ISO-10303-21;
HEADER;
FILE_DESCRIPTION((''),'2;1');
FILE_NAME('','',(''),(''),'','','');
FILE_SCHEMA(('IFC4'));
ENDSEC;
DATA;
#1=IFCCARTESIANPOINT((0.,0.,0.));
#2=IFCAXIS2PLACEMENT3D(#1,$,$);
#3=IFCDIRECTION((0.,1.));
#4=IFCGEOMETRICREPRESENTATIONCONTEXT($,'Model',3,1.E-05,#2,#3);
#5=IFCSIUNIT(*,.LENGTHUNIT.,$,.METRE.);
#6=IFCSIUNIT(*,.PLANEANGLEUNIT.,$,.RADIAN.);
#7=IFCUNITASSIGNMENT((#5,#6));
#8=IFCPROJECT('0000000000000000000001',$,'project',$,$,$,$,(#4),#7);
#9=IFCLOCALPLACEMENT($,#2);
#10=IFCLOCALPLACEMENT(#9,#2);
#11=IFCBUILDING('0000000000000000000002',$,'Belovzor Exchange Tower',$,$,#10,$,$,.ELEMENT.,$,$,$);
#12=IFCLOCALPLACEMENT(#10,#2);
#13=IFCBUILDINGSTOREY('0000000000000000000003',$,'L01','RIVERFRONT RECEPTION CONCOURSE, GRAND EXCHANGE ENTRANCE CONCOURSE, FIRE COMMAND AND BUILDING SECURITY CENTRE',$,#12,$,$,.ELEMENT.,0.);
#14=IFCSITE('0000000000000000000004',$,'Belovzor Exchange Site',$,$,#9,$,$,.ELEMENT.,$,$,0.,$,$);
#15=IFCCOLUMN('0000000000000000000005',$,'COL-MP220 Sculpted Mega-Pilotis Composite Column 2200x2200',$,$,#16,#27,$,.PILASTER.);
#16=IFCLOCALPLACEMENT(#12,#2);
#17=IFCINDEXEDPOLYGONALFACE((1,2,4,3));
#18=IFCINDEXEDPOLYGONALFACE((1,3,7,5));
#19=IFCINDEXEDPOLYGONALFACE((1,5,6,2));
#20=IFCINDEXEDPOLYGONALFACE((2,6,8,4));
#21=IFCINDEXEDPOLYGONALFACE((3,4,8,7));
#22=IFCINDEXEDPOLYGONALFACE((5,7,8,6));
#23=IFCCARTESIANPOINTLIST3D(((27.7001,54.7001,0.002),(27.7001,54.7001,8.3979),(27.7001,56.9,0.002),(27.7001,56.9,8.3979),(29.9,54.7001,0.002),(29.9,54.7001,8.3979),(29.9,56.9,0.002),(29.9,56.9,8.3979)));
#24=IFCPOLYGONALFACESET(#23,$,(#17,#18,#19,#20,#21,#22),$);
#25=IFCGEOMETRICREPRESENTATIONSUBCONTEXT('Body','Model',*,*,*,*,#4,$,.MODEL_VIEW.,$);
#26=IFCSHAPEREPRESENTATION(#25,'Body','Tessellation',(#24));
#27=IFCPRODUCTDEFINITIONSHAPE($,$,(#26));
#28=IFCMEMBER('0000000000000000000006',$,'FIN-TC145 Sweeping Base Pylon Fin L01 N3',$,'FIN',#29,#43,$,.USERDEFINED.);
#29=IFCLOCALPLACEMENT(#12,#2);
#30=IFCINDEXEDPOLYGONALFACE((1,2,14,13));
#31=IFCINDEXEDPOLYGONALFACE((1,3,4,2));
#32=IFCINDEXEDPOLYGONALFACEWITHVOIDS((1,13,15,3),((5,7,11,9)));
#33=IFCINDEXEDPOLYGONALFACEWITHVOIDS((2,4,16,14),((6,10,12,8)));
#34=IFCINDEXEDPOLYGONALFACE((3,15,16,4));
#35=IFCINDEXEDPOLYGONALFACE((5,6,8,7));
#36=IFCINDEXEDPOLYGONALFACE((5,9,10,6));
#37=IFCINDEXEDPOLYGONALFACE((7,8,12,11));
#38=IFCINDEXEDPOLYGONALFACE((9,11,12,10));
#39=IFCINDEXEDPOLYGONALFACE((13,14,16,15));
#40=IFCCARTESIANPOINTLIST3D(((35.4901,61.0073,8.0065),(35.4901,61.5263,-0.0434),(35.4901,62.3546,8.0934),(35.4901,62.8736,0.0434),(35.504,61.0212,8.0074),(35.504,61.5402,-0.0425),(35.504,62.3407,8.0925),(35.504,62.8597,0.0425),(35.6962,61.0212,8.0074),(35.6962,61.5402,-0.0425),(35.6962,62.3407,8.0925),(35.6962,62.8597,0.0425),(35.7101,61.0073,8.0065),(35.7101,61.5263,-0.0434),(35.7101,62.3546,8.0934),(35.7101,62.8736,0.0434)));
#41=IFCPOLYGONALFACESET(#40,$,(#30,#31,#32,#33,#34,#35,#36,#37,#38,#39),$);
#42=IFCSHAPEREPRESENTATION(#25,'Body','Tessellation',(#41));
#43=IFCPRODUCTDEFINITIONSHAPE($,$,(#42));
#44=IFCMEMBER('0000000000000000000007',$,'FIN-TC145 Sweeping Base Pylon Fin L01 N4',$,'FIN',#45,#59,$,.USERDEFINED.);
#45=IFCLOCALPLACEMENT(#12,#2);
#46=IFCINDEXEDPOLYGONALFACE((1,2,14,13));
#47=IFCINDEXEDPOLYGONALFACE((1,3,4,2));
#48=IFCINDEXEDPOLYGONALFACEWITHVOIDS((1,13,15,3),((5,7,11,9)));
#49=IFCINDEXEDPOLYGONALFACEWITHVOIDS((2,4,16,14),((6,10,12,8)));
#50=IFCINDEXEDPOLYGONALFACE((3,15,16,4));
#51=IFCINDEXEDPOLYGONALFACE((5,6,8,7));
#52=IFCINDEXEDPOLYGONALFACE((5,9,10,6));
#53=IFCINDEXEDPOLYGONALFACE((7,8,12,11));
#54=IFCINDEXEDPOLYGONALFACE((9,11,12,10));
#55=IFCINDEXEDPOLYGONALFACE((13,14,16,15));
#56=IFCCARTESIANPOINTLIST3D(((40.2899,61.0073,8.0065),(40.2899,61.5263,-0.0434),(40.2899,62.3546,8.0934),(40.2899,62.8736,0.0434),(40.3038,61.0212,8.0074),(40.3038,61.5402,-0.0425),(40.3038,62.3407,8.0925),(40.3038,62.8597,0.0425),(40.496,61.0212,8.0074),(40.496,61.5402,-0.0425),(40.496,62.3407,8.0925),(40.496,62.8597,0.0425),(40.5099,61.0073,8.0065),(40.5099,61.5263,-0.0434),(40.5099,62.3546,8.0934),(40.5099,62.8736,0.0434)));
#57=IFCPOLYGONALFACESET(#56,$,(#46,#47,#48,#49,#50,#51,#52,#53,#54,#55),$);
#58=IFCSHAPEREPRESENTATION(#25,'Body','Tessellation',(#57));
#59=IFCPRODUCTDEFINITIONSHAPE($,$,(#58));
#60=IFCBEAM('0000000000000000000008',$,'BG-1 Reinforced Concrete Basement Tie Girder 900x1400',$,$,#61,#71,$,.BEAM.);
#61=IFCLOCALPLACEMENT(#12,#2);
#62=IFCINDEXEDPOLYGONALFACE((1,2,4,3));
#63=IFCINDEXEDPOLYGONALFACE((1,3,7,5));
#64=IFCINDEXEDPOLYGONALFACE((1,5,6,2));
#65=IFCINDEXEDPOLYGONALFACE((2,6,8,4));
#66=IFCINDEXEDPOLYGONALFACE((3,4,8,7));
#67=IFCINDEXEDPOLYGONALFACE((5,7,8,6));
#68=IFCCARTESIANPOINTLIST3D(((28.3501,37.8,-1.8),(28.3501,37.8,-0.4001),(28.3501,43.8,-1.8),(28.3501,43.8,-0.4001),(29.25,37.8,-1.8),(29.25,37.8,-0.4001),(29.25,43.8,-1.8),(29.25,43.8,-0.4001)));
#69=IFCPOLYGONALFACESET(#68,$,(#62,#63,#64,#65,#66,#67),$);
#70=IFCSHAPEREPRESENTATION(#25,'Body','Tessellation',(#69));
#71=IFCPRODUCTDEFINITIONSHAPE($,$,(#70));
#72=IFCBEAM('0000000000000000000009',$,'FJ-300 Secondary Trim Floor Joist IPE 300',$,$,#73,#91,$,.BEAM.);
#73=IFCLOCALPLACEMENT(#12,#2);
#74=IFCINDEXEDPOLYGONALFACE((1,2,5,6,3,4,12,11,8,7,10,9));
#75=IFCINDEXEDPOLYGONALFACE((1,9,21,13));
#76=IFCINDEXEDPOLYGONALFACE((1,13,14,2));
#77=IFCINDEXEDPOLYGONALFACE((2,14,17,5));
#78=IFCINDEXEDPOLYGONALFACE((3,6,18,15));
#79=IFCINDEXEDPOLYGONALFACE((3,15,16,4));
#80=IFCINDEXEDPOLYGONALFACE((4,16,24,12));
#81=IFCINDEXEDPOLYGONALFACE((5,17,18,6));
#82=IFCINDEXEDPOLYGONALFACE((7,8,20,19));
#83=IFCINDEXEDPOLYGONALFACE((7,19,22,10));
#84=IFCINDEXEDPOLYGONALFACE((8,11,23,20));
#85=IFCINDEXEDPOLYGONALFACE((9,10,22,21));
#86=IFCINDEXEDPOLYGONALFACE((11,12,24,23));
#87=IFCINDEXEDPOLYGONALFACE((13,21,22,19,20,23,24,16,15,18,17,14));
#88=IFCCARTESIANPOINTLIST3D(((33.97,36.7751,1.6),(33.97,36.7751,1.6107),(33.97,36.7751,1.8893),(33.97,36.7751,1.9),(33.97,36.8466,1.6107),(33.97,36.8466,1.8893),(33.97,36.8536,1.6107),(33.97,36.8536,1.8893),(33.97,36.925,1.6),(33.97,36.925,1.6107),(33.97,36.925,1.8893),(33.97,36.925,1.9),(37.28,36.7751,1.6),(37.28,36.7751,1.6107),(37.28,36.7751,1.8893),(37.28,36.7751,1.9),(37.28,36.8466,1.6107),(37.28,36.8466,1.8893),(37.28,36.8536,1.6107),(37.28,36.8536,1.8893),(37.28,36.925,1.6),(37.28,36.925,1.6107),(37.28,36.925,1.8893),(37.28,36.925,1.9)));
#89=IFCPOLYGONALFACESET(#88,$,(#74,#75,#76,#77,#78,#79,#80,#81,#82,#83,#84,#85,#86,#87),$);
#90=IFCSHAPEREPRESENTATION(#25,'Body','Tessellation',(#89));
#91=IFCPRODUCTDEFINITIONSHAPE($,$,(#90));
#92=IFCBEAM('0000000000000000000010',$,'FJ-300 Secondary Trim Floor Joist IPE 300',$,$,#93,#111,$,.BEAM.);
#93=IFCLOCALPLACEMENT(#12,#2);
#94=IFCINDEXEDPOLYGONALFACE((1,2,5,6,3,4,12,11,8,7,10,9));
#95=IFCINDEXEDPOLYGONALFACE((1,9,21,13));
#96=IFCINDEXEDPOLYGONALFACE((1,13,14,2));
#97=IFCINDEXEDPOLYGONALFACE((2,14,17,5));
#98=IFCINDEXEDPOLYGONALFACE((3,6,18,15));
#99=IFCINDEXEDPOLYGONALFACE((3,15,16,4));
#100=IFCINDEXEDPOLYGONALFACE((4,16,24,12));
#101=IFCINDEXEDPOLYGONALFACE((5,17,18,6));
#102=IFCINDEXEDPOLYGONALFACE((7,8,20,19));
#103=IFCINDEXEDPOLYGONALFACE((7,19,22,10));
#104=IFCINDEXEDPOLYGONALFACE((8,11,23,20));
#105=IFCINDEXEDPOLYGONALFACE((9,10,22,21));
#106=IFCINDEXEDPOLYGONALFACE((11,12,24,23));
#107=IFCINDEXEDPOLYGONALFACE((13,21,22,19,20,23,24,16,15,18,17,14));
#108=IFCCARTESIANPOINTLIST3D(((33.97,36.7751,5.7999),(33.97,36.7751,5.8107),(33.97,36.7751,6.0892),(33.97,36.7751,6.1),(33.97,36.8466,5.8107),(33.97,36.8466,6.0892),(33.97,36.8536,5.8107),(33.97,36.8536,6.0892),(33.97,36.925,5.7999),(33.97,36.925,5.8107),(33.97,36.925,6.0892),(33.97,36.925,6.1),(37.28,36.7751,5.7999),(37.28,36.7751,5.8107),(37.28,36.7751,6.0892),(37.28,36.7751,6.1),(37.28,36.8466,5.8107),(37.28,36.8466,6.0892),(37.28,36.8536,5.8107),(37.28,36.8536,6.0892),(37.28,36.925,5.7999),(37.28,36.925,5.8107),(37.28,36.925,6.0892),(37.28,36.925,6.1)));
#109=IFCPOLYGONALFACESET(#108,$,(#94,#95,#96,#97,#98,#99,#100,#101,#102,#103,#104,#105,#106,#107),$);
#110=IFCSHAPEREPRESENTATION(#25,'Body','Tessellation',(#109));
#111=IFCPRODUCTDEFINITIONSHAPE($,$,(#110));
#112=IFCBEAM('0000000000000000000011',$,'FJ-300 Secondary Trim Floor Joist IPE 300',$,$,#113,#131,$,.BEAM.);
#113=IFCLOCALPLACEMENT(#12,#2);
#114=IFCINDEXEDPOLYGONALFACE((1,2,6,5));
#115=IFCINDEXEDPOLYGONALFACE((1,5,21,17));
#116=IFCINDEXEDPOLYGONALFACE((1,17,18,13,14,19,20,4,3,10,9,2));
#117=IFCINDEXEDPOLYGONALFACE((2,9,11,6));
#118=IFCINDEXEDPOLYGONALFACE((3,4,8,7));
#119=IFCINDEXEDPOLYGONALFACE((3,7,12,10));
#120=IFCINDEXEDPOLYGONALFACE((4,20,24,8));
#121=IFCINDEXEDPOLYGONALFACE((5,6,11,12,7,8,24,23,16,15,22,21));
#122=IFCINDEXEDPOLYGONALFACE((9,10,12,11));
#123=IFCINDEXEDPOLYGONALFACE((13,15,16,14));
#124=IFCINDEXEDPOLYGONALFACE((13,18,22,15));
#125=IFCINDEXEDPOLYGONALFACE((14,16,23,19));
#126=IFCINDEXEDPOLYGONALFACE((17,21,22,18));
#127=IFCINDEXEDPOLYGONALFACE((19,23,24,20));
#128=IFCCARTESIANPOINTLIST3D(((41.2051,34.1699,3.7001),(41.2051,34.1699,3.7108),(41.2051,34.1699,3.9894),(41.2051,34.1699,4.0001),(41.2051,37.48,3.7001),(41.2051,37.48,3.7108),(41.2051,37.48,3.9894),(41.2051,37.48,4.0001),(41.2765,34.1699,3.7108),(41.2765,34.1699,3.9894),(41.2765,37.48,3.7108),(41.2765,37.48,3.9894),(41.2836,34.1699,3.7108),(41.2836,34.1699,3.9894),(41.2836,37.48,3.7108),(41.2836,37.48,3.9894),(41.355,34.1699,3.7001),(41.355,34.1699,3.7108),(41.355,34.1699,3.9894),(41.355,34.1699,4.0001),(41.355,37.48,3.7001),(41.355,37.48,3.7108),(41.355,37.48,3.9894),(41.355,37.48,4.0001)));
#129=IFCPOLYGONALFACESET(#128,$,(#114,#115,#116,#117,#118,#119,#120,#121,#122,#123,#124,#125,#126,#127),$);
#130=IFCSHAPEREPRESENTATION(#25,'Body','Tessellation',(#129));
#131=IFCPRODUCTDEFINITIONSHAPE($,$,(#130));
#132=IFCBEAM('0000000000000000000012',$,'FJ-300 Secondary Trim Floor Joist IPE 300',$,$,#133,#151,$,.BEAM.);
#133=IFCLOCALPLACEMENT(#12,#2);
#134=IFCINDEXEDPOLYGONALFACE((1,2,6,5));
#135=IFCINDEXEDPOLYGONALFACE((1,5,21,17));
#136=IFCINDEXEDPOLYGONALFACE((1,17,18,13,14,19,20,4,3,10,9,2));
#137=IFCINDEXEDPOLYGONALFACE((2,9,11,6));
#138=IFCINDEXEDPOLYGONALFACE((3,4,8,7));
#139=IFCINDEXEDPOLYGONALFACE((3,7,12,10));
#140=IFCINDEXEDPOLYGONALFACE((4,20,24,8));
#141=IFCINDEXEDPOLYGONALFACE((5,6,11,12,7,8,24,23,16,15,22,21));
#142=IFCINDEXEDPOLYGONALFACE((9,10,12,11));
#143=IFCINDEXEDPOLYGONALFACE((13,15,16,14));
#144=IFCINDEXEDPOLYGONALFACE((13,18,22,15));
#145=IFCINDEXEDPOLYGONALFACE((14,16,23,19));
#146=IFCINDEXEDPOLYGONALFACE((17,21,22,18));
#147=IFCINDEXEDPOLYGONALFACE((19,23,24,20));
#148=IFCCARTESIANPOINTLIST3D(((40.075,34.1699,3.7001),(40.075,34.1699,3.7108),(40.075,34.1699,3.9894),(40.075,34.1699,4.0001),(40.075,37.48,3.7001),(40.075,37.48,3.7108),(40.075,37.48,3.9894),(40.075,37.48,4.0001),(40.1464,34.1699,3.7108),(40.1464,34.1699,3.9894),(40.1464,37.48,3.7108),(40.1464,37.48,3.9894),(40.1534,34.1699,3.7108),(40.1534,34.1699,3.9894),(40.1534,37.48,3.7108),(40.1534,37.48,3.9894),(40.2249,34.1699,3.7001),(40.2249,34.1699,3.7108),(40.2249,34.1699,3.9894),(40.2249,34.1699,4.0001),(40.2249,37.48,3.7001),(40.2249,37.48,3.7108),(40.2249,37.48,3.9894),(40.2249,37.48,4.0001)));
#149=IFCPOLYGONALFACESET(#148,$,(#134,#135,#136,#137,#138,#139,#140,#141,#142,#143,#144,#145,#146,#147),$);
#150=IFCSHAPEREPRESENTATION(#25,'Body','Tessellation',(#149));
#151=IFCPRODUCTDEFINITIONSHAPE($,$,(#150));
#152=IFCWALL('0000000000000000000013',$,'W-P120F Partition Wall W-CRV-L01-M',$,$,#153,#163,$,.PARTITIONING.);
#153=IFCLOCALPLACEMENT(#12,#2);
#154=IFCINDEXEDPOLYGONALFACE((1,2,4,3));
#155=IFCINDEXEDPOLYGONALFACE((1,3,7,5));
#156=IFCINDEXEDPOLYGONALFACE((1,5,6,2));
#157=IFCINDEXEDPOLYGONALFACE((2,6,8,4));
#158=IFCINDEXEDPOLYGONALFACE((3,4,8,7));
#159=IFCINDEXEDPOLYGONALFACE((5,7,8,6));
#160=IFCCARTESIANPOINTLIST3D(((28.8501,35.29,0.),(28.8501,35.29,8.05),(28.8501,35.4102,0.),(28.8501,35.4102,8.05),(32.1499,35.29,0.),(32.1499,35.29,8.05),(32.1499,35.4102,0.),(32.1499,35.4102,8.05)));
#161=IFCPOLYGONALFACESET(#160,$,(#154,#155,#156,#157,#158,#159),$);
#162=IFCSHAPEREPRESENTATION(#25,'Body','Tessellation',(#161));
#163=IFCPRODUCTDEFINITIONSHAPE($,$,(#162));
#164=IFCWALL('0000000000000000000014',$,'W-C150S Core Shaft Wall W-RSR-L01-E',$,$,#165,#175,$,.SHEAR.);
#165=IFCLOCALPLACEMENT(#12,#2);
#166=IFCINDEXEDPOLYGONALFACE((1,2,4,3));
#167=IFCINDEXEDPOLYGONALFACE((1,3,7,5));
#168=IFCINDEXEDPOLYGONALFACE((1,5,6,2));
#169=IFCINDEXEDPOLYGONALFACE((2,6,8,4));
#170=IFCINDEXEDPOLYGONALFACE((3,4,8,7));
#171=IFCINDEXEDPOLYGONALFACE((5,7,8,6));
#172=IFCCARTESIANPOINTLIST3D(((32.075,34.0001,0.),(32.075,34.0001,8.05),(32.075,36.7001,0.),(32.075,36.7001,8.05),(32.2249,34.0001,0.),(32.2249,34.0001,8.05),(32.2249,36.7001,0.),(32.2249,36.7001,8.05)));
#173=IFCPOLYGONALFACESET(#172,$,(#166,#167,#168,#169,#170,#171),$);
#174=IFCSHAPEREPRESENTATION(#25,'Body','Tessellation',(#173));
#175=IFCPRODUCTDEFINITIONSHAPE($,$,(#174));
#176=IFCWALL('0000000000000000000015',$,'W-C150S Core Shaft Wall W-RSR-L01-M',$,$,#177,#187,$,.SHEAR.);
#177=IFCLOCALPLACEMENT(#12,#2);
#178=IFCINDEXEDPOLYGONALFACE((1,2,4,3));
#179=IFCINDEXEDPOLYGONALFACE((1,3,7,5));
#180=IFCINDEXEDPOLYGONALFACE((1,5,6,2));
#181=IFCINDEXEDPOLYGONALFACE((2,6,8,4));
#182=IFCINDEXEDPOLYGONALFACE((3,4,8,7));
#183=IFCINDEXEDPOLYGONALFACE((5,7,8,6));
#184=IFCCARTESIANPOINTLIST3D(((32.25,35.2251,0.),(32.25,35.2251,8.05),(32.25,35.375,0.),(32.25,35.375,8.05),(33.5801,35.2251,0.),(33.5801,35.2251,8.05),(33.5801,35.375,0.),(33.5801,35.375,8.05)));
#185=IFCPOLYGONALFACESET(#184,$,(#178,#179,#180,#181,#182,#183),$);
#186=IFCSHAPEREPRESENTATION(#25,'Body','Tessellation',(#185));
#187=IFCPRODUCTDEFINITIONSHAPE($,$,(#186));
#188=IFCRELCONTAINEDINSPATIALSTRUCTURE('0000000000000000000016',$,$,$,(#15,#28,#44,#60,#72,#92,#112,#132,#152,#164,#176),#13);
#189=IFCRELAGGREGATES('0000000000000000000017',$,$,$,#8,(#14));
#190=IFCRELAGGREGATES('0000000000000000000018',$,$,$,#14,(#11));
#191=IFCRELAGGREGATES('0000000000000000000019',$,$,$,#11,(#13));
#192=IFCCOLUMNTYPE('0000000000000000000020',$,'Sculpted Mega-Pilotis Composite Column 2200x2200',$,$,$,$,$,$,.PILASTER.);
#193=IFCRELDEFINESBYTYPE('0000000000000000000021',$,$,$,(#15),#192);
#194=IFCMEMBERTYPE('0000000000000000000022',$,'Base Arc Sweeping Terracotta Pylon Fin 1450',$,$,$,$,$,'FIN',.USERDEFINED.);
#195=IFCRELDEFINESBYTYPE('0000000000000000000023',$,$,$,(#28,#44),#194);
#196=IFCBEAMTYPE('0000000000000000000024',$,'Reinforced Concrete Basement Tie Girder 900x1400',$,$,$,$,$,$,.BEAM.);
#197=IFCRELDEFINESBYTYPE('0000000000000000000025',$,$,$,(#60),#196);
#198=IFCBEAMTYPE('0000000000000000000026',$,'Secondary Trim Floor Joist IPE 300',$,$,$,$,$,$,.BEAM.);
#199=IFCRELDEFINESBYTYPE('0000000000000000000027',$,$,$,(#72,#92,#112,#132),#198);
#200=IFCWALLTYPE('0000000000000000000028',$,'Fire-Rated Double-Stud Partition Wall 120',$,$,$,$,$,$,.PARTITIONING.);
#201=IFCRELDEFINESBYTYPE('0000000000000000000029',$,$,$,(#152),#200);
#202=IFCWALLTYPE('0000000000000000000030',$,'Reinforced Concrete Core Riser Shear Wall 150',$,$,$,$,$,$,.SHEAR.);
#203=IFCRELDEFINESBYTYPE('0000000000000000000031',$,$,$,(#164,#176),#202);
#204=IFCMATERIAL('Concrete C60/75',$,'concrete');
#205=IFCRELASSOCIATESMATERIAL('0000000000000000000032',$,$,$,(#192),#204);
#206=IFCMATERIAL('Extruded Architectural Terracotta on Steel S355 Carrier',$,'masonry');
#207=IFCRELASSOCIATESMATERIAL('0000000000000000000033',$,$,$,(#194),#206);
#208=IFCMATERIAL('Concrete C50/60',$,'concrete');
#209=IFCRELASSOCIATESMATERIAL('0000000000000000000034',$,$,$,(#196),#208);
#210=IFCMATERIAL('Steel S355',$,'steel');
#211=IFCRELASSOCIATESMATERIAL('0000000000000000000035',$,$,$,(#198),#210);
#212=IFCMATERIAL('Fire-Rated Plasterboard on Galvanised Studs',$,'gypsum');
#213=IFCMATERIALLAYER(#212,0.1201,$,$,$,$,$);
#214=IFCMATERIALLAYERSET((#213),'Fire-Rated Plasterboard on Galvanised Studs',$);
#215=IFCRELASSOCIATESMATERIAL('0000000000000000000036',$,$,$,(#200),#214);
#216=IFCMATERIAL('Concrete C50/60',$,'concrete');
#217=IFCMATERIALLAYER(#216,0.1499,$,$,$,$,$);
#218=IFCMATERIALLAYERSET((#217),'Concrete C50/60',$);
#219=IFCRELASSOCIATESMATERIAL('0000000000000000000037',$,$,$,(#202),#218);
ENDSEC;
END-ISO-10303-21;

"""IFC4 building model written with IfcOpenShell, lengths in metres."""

from ifc_helpers import new_model, si_unit, direction, frame, frame_2d, origin, origin_2d, place, context, subcontext, project, spatial, rectangle, hollow_rectangle, i_section, extrude, material, layer, layer_set, material_profile, profile_set, type_object, element, save


model = new_model("IFC4")

# Units and contexts
model_context = context("Model", 3, precision=1e-05, world=origin(), true_north=direction((0.0, 1.0)))
body_context = subcontext(model_context, "Body", "Model", "MODEL_VIEW")
ifc_project = project(units=[si_unit("LENGTHUNIT", "METRE"), si_unit("PLANEANGLEUNIT", "RADIAN")], contexts=[model_context])

# Site, building, storey
site_placement = place(None, origin())
site = spatial("IfcSite", under=ifc_project, at=site_placement, Name="Belovzor Exchange Site", CompositionType="ELEMENT", RefElevation=0.0)
building_placement = place(site_placement, origin())
building = spatial("IfcBuilding", under=site, at=building_placement, Name="Belovzor Exchange Tower", CompositionType="ELEMENT")
storey_placement = place(building_placement, origin())
storey = spatial("IfcBuildingStorey", under=building, at=storey_placement, Name="L01", Description="RIVERFRONT RECEPTION CONCOURSE, GRAND EXCHANGE ENTRANCE CONCOURSE, FIRE COMMAND AND BUILDING SECURITY CENTRE", CompositionType="ELEMENT", Elevation=0.0)

# Column
ifc_material_1 = material(Name="Concrete C60/75", Category="concrete")
ifc_material_profile_1 = material_profile(ifc_material_1, rectangle(XDim=2.2, YDim=2.2, at=origin_2d()))
ifc_profile_set_1 = profile_set([ifc_material_profile_1], Name="Concrete C60/75")
column_type = type_object("IfcColumnType", Name="Sculpted Mega-Pilotis Composite Column 2200x2200", PredefinedType="PILASTER", material=ifc_profile_set_1)
column_placement = place(storey_placement, frame((28.8, 55.8, 0.002), z_axis=(0.0, 0.0, 1.0), x_axis=(1.0, 0.0, 0.0)))
element("IfcColumn", 1, at=column_placement, inside=storey, type_object=column_type, Name="COL-MP220 Sculpted Mega-Pilotis Composite Column 2200x2200", PredefinedType="PILASTER", context=body_context, shape_type="SweptSolid", body=[
    extrude(rectangle(XDim=2.2, YDim=2.2, at=origin_2d()), origin(), (0.0, 0.0, 1.0), 8.396),
])

# Members
ifc_material_2 = material(Name="Extruded Architectural Terracotta on Steel S355 Carrier", Category="masonry")
ifc_material_profile_2 = material_profile(ifc_material_2, hollow_rectangle(XDim=0.22, YDim=1.3501, WallThickness=0.0139, at=origin_2d()))
ifc_profile_set_2 = profile_set([ifc_material_profile_2], Name="Extruded Architectural Terracotta on Steel S355 Carrier")
member_type = type_object("IfcMemberType", Name="Base Arc Sweeping Terracotta Pylon Fin 1450", ElementType="FIN", PredefinedType="USERDEFINED", material=ifc_profile_set_2)
for number, where, z_axis, x_axis, name in (
    (2, (35.6001, 62.2, 0.0), (0.0, -0.064343, 0.997928), (1.0, 0.0, 0.0), "FIN-TC145 Sweeping Base Pylon Fin L01 N3"),
    (3, (40.3999, 62.2, 0.0), (0.0, -0.064343, 0.997928), (1.0, 0.0, 0.0), "FIN-TC145 Sweeping Base Pylon Fin L01 N4"),
):
    element("IfcMember", number, at=place(storey_placement, frame(where, z_axis=z_axis, x_axis=x_axis)), inside=storey, type_object=member_type, Name=name, ObjectType="FIN", PredefinedType="USERDEFINED", context=body_context, shape_type="SweptSolid", body=[
        extrude(hollow_rectangle(XDim=0.22, YDim=1.3501, WallThickness=0.0139, at=origin_2d()), origin(), (0.0, 0.0, 1.0), 8.0667),
    ])

# Beams
ifc_material_3 = material(Name="Concrete C50/60", Category="concrete")
ifc_material_profile_3 = material_profile(ifc_material_3, rectangle(XDim=0.8999, YDim=1.3999, at=origin_2d()))
ifc_profile_set_3 = profile_set([ifc_material_profile_3], Name="Concrete C50/60")
beam_type_1 = type_object("IfcBeamType", Name="Reinforced Concrete Basement Tie Girder 900x1400", PredefinedType="BEAM", material=ifc_profile_set_3)
beam_placement = place(storey_placement, frame((28.8, 43.8, -1.1001), z_axis=(0.0, -1.0, 0.0), x_axis=(1.0, 0.0, 0.0)))
element("IfcBeam", 4, at=beam_placement, inside=storey, type_object=beam_type_1, Name="BG-1 Reinforced Concrete Basement Tie Girder 900x1400", PredefinedType="BEAM", context=body_context, shape_type="SweptSolid", body=[
    extrude(rectangle(XDim=0.8999, YDim=1.3999, at=origin_2d()), origin(), (0.0, 0.0, 1.0), 6.0),
])
ifc_material_4 = material(Name="Steel S355", Category="steel")
ifc_material_profile_4 = material_profile(ifc_material_4, i_section(OverallWidth=0.1499, OverallDepth=0.3, WebThickness=0.0071, FlangeThickness=0.0107, at=origin_2d()))
ifc_profile_set_4 = profile_set([ifc_material_profile_4], Name="Steel S355")
beam_type_2 = type_object("IfcBeamType", Name="Secondary Trim Floor Joist IPE 300", PredefinedType="BEAM", material=ifc_profile_set_4)
for number, where, z_axis, x_axis, name in (
    (5, (37.28, 36.8501, 1.75), (-1.0, 0.0, 0.0), (0.0, -1.0, 0.0), "FJ-300 Secondary Trim Floor Joist IPE 300"),
    (6, (37.28, 36.8501, 5.95), (-1.0, 0.0, 0.0), (0.0, -1.0, 0.0), "FJ-300 Secondary Trim Floor Joist IPE 300"),
    (7, (41.28, 34.1699, 3.8501), (0.0, 1.0, 0.0), (-1.0, 0.0, 0.0), "FJ-300 Secondary Trim Floor Joist IPE 300"),
    (8, (40.1499, 34.1699, 3.8501), (0.0, 1.0, 0.0), (-1.0, 0.0, 0.0), "FJ-300 Secondary Trim Floor Joist IPE 300"),
):
    element("IfcBeam", number, at=place(storey_placement, frame(where, z_axis=z_axis, x_axis=x_axis)), inside=storey, type_object=beam_type_2, Name=name, PredefinedType="BEAM", context=body_context, shape_type="SweptSolid", body=[
        extrude(i_section(OverallWidth=0.1499, OverallDepth=0.3, WebThickness=0.0071, FlangeThickness=0.0107, at=origin_2d()), origin(), (0.0, 0.0, 1.0), 3.3101),
    ])

# Wall
ifc_material_5 = material(Name="Fire-Rated Plasterboard on Galvanised Studs", Category="gypsum")
ifc_layer_1 = layer(ifc_material_5, 0.1201)
ifc_layer_set_1 = layer_set([ifc_layer_1], Name="Fire-Rated Plasterboard on Galvanised Studs")
wall_type_1 = type_object("IfcWallType", Name="Fire-Rated Double-Stud Partition Wall 120", PredefinedType="PARTITIONING", material=ifc_layer_set_1)
wall_1_placement = place(storey_placement, frame((28.8501, 35.3501, 0.0), z_axis=(0.0, 0.0, 1.0), x_axis=(1.0, 0.0, 0.0)))
element("IfcWall", 9, at=wall_1_placement, inside=storey, type_object=wall_type_1, Name="W-P120F Partition Wall W-CRV-L01-M", PredefinedType="PARTITIONING", context=body_context, shape_type="SweptSolid", body=[
    extrude(rectangle(XDim=3.2998, YDim=0.1201, at=frame_2d((1.6499, 0.0))), origin(), (0.0, 0.0, 1.0), 8.05),
])

# Walls
ifc_material_6 = material(Name="Concrete C50/60", Category="concrete")
ifc_layer_2 = layer(ifc_material_6, 0.1499)
ifc_layer_set_2 = layer_set([ifc_layer_2], Name="Concrete C50/60")
wall_type_2 = type_object("IfcWallType", Name="Reinforced Concrete Core Riser Shear Wall 150", PredefinedType="SHEAR", material=ifc_layer_set_2)
wall_2_placement = place(storey_placement, frame((32.1499, 34.0, 0.0), z_axis=(0.0, 0.0, 1.0), x_axis=(0.0, 1.0, 0.0)))
element("IfcWall", 10, at=wall_2_placement, inside=storey, type_object=wall_type_2, Name="W-C150S Core Shaft Wall W-RSR-L01-E", PredefinedType="SHEAR", context=body_context, shape_type="SweptSolid", body=[
    extrude(rectangle(XDim=2.7, YDim=0.1499, at=frame_2d((1.3501, 0.0))), origin(), (0.0, 0.0, 1.0), 8.05),
])
wall_3_placement = place(storey_placement, frame((32.25, 35.3, 0.0), z_axis=(0.0, 0.0, 1.0), x_axis=(1.0, 0.0, 0.0)))
element("IfcWall", 11, at=wall_3_placement, inside=storey, type_object=wall_type_2, Name="W-C150S Core Shaft Wall W-RSR-L01-M", PredefinedType="SHEAR", context=body_context, shape_type="SweptSolid", body=[
    extrude(rectangle(XDim=1.3301, YDim=0.1499, at=frame_2d((0.665, 0.0))), origin(), (0.0, 0.0, 1.0), 8.05),
])

save(model, "model.ifc")
